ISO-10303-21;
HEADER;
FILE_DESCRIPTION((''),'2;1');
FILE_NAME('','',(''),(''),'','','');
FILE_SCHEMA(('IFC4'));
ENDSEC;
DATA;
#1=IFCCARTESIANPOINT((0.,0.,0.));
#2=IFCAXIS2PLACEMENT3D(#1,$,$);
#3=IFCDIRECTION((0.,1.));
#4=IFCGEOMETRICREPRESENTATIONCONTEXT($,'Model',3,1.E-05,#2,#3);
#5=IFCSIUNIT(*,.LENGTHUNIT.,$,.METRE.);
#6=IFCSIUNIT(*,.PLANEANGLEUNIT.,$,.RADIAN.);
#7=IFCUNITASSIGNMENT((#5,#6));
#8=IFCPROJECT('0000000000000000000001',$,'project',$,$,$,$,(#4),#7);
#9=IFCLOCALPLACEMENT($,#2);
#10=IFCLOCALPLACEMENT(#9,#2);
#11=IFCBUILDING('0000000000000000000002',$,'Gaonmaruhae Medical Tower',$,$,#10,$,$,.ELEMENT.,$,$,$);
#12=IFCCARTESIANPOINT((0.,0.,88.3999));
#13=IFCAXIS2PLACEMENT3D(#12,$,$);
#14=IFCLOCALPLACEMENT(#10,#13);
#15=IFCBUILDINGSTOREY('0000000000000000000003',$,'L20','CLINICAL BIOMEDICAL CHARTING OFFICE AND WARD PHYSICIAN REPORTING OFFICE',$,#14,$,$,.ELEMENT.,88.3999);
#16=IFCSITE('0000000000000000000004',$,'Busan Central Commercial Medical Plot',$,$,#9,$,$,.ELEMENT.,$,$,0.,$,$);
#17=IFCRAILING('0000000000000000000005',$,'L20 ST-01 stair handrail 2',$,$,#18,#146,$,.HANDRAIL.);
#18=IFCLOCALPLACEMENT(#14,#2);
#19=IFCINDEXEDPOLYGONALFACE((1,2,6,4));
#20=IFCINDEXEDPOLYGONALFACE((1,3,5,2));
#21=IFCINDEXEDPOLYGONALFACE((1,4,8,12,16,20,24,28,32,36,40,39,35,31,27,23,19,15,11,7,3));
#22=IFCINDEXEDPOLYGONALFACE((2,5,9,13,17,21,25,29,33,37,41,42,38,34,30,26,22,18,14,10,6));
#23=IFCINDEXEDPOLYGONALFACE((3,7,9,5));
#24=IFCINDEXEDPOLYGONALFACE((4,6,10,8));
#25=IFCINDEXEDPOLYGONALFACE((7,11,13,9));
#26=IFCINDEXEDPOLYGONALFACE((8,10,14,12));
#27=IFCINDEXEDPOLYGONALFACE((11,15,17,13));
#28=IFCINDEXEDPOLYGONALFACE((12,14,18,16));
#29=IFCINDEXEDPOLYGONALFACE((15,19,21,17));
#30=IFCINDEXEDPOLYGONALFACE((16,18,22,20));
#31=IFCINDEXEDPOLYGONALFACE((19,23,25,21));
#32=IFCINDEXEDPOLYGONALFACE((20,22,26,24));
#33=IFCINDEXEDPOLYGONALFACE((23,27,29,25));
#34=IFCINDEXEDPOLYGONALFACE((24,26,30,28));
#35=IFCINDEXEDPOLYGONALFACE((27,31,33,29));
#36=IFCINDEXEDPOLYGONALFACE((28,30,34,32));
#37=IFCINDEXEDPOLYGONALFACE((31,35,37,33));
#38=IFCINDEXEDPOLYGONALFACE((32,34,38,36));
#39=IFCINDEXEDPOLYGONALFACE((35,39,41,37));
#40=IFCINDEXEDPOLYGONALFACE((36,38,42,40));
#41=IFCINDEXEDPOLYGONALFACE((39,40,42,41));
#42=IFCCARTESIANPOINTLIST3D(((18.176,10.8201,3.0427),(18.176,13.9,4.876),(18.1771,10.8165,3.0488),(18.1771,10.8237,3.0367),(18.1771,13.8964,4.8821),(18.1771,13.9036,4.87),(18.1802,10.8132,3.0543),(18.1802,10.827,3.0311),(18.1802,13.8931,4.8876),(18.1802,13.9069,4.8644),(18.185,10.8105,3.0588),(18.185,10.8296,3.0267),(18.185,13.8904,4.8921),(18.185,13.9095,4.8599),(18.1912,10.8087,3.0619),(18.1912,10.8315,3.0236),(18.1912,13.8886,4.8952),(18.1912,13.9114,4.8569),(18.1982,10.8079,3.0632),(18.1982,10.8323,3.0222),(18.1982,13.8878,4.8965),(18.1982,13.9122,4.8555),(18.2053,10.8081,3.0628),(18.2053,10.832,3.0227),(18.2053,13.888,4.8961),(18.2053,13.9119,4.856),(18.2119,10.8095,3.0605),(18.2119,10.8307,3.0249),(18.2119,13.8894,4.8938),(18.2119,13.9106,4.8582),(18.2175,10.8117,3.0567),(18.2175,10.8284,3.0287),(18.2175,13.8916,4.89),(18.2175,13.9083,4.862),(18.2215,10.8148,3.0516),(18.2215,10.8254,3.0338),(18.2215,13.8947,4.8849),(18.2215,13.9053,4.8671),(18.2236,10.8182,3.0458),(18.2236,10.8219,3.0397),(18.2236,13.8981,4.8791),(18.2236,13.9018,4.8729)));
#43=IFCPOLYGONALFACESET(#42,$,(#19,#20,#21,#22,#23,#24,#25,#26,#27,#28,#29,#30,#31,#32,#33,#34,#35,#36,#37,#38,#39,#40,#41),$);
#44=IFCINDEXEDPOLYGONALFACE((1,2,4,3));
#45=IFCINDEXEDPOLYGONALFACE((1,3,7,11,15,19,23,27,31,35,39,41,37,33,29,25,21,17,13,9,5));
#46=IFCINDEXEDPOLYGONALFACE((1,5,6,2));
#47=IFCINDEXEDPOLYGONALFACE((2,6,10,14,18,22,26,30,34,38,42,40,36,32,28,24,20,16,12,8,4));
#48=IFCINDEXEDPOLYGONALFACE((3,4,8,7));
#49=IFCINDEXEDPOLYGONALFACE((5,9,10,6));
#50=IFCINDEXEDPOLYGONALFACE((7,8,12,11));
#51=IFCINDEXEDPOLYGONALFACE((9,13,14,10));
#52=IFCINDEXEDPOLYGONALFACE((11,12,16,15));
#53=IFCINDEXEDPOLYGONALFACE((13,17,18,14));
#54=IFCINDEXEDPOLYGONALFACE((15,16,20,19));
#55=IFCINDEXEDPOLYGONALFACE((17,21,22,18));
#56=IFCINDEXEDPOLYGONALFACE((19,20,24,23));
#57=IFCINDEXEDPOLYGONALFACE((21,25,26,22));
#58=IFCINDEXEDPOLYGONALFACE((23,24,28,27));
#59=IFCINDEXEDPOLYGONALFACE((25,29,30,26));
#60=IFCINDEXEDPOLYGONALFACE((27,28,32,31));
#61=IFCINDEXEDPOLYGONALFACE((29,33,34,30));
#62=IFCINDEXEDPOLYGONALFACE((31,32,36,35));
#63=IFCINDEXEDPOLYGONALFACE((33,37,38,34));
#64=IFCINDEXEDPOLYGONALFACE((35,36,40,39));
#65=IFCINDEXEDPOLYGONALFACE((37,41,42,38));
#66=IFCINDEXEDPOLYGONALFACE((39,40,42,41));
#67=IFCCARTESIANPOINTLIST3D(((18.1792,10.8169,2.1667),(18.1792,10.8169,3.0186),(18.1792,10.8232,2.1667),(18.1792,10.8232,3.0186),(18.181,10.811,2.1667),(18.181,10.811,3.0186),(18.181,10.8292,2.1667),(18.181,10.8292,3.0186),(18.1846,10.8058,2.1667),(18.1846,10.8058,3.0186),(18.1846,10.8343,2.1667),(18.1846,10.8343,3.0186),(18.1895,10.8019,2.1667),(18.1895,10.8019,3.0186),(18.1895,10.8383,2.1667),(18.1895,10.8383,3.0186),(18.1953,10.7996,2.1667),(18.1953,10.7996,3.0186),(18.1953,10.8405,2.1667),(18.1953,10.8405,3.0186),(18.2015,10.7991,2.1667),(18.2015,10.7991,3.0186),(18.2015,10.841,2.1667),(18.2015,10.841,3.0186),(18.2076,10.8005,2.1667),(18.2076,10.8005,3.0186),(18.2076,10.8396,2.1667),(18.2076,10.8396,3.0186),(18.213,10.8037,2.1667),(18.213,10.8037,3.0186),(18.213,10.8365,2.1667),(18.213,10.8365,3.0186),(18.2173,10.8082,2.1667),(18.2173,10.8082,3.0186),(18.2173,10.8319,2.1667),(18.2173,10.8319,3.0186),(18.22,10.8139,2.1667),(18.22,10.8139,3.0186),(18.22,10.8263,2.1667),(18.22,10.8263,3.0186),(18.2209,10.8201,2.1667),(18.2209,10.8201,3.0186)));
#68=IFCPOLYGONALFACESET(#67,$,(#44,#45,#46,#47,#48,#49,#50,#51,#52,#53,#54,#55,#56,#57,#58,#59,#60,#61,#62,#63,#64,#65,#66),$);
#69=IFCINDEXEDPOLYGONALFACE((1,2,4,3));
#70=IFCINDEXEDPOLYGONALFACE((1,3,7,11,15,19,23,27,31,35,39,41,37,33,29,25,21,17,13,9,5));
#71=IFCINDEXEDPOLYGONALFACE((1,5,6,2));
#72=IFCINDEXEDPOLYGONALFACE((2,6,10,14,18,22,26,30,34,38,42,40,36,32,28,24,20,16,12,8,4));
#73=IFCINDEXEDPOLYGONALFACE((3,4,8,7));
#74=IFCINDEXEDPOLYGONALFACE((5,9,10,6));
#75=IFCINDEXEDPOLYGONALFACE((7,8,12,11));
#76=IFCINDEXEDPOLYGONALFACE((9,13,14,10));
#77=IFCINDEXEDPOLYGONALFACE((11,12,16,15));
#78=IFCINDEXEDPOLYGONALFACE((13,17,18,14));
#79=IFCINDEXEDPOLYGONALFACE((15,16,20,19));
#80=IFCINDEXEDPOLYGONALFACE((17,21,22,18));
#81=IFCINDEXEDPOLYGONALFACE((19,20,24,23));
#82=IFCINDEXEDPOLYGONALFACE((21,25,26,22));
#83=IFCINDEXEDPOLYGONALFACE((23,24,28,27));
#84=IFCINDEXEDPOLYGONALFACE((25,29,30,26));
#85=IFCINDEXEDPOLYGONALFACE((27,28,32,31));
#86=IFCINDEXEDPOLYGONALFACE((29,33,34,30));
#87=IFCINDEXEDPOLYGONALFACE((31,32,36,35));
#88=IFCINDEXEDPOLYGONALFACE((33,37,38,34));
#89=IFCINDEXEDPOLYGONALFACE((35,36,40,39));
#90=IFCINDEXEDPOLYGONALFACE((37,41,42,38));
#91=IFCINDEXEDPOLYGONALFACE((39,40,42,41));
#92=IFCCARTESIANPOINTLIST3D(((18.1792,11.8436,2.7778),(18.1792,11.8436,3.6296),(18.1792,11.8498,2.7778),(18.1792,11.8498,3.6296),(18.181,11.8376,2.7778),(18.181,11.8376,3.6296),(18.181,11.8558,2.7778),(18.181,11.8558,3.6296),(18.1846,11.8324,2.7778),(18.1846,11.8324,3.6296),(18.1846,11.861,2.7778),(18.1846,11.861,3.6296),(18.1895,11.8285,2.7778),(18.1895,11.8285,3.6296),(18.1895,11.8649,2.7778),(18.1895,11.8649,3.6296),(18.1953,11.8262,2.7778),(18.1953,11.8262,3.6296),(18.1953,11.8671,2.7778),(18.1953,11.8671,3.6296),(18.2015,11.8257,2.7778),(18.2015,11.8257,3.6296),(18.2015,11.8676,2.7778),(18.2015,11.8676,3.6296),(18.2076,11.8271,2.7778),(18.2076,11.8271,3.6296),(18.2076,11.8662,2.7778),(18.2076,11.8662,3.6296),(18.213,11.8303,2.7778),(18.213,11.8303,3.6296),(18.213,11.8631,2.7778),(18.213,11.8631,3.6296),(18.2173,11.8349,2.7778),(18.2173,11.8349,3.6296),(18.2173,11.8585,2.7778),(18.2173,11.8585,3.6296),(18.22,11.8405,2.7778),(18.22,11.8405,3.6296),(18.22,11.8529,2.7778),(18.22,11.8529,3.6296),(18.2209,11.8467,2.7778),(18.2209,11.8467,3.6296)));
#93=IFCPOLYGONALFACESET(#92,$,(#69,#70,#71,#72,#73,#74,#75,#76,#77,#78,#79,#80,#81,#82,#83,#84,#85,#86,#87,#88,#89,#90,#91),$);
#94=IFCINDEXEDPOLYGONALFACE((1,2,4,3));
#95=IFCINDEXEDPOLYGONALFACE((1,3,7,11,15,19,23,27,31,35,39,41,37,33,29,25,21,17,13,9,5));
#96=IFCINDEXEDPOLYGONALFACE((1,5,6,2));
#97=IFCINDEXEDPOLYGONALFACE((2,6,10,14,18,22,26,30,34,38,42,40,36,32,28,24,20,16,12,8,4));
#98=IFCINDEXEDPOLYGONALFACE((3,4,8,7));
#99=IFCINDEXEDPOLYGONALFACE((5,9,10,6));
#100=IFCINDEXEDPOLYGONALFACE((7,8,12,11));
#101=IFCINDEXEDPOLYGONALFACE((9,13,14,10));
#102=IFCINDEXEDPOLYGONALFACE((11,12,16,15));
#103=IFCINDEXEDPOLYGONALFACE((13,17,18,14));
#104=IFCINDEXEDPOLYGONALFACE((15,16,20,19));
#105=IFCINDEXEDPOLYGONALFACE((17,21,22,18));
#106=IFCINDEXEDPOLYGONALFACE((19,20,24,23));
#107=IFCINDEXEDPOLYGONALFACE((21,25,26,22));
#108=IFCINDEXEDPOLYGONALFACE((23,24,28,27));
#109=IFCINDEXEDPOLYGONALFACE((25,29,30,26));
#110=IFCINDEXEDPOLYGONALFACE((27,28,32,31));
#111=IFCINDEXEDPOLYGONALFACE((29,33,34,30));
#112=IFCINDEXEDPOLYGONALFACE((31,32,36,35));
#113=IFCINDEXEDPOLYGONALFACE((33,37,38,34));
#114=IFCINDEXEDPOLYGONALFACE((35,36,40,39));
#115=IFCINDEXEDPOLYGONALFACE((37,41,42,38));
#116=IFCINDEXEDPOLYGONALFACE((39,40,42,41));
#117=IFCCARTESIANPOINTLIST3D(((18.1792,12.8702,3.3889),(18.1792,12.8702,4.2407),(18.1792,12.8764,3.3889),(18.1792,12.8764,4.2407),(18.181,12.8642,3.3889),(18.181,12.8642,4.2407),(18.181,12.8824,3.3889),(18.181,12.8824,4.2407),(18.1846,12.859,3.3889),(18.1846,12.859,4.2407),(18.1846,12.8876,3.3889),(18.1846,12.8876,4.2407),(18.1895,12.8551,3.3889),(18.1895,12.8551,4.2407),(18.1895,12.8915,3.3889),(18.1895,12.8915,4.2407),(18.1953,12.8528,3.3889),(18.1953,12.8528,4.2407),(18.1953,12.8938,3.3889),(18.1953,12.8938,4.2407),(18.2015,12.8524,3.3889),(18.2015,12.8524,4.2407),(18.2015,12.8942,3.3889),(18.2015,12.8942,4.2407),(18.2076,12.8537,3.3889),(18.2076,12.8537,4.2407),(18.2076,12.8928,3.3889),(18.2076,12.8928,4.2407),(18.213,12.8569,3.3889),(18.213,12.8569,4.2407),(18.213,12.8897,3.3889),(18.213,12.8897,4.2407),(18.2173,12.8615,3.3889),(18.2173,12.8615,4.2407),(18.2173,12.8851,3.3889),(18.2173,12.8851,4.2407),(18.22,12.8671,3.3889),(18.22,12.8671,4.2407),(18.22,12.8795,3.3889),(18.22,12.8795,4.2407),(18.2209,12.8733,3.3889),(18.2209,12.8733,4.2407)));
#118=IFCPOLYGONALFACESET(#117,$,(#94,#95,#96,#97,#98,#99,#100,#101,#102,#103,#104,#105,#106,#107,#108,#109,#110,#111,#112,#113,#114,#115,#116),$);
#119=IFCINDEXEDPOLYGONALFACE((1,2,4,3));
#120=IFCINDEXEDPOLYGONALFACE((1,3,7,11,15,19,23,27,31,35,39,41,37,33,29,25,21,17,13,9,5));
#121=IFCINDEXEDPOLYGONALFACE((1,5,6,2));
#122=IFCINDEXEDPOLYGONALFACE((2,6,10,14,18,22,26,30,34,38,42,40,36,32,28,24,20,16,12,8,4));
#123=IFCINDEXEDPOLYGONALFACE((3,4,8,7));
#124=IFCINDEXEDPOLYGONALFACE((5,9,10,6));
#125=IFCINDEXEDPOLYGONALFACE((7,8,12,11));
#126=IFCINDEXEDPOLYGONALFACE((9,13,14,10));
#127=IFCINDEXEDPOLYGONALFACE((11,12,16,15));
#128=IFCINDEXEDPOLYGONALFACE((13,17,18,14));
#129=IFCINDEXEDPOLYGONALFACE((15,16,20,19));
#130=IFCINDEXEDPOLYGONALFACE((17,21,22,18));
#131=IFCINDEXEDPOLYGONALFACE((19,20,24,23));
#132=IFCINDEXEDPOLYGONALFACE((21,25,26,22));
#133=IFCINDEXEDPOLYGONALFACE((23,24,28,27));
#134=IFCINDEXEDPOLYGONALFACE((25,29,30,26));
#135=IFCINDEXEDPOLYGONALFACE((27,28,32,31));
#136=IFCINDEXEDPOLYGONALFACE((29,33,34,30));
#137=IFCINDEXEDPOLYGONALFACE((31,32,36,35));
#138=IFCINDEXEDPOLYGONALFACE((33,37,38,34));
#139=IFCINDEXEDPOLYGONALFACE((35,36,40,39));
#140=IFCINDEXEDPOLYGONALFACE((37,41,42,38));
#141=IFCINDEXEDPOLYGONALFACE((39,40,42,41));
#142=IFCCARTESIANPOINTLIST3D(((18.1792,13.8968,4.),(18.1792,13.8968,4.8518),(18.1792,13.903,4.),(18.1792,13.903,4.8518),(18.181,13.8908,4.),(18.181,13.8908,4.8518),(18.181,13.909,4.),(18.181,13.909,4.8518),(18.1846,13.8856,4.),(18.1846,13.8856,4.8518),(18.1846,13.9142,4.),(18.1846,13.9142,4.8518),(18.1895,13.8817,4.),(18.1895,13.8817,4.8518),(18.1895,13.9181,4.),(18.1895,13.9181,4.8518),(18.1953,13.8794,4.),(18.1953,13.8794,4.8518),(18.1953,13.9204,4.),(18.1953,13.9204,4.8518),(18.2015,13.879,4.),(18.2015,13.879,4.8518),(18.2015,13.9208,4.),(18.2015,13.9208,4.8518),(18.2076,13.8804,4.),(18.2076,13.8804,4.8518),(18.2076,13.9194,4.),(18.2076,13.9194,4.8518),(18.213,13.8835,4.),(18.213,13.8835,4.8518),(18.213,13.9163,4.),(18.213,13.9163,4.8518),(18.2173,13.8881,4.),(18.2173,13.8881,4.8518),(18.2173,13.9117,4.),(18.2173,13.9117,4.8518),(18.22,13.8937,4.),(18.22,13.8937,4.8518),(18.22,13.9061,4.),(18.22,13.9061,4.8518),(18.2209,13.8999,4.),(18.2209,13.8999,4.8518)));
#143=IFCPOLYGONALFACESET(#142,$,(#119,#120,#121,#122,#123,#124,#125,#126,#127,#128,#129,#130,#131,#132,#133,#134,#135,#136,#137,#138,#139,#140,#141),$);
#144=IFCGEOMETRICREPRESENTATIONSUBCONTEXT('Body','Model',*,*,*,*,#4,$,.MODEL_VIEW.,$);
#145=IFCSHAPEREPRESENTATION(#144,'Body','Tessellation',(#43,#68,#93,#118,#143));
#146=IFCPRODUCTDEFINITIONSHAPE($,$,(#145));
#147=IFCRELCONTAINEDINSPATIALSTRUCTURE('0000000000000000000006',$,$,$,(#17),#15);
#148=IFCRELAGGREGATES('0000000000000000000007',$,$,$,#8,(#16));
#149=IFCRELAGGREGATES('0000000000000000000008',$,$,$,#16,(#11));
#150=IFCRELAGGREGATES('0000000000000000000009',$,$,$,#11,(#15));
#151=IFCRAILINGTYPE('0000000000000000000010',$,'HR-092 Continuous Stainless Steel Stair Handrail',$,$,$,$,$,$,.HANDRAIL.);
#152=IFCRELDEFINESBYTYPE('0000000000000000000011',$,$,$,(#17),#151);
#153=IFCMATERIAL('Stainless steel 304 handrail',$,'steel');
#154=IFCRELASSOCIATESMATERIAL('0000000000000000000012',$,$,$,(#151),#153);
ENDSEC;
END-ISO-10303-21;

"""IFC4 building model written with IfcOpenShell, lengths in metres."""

from ifc_helpers import new_model, si_unit, direction, frame, origin, origin_2d, place, context, subcontext, project, spatial, circle, extrude, material, type_object, element, save


model = new_model("IFC4")

# Units and contexts
model_context = context("Model", 3, precision=1e-05, world=origin(), true_north=direction((0.0, 1.0)))
body_context = subcontext(model_context, "Body", "Model", "MODEL_VIEW")
ifc_project = project(units=[si_unit("LENGTHUNIT", "METRE"), si_unit("PLANEANGLEUNIT", "RADIAN")], contexts=[model_context])

# Site, building, storey
site_placement = place(None, origin())
site = spatial("IfcSite", under=ifc_project, at=site_placement, Name="Busan Central Commercial Medical Plot", CompositionType="ELEMENT", RefElevation=0.0)
building_placement = place(site_placement, origin())
building = spatial("IfcBuilding", under=site, at=building_placement, Name="Gaonmaruhae Medical Tower", CompositionType="ELEMENT")
storey_placement = place(building_placement, frame((0.0, 0.0, 88.3999)))
storey = spatial("IfcBuildingStorey", under=building, at=storey_placement, Name="L20", Description="CLINICAL BIOMEDICAL CHARTING OFFICE AND WARD PHYSICIAN REPORTING OFFICE", CompositionType="ELEMENT", Elevation=88.3999)

# Railing
ifc_material_1 = material(Name="Stainless steel 304 handrail", Category="steel")
railing_type_1 = type_object("IfcRailingType", Name="HR-092 Continuous Stainless Steel Stair Handrail", PredefinedType="HANDRAIL", material=ifc_material_1)
railing_1_placement = place(storey_placement, frame((18.2, 10.8201, 2.1667)))
element("IfcRailing", 1, at=railing_1_placement, inside=storey, type_object=railing_type_1, Name="L20 ST-01 stair handrail 2", PredefinedType="HANDRAIL", context=body_context, shape_type="SweptSolid", body=[
    extrude(circle(Radius=0.0239, at=origin_2d()), frame((0.0, 0.0, 0.876), z_axis=(0.0, 0.859291, 0.511487), x_axis=(-1.0, 0.0, 0.0)), (0.0, 0.0, 1.0), 3.5842),
    extrude(circle(Radius=0.021, at=origin_2d()), origin(), (0.0, 0.0, 1.0), 0.8518),
    extrude(circle(Radius=0.021, at=origin_2d()), frame((0.0, 1.0266, 0.6111)), (0.0, 0.0, 1.0), 0.8518),
    extrude(circle(Radius=0.021, at=origin_2d()), frame((0.0, 2.0532, 1.2222)), (0.0, 0.0, 1.0), 0.8518),
    extrude(circle(Radius=0.021, at=origin_2d()), frame((0.0, 3.0798, 1.8333)), (0.0, 0.0, 1.0), 0.8518),
])

save(model, "model.ifc")
